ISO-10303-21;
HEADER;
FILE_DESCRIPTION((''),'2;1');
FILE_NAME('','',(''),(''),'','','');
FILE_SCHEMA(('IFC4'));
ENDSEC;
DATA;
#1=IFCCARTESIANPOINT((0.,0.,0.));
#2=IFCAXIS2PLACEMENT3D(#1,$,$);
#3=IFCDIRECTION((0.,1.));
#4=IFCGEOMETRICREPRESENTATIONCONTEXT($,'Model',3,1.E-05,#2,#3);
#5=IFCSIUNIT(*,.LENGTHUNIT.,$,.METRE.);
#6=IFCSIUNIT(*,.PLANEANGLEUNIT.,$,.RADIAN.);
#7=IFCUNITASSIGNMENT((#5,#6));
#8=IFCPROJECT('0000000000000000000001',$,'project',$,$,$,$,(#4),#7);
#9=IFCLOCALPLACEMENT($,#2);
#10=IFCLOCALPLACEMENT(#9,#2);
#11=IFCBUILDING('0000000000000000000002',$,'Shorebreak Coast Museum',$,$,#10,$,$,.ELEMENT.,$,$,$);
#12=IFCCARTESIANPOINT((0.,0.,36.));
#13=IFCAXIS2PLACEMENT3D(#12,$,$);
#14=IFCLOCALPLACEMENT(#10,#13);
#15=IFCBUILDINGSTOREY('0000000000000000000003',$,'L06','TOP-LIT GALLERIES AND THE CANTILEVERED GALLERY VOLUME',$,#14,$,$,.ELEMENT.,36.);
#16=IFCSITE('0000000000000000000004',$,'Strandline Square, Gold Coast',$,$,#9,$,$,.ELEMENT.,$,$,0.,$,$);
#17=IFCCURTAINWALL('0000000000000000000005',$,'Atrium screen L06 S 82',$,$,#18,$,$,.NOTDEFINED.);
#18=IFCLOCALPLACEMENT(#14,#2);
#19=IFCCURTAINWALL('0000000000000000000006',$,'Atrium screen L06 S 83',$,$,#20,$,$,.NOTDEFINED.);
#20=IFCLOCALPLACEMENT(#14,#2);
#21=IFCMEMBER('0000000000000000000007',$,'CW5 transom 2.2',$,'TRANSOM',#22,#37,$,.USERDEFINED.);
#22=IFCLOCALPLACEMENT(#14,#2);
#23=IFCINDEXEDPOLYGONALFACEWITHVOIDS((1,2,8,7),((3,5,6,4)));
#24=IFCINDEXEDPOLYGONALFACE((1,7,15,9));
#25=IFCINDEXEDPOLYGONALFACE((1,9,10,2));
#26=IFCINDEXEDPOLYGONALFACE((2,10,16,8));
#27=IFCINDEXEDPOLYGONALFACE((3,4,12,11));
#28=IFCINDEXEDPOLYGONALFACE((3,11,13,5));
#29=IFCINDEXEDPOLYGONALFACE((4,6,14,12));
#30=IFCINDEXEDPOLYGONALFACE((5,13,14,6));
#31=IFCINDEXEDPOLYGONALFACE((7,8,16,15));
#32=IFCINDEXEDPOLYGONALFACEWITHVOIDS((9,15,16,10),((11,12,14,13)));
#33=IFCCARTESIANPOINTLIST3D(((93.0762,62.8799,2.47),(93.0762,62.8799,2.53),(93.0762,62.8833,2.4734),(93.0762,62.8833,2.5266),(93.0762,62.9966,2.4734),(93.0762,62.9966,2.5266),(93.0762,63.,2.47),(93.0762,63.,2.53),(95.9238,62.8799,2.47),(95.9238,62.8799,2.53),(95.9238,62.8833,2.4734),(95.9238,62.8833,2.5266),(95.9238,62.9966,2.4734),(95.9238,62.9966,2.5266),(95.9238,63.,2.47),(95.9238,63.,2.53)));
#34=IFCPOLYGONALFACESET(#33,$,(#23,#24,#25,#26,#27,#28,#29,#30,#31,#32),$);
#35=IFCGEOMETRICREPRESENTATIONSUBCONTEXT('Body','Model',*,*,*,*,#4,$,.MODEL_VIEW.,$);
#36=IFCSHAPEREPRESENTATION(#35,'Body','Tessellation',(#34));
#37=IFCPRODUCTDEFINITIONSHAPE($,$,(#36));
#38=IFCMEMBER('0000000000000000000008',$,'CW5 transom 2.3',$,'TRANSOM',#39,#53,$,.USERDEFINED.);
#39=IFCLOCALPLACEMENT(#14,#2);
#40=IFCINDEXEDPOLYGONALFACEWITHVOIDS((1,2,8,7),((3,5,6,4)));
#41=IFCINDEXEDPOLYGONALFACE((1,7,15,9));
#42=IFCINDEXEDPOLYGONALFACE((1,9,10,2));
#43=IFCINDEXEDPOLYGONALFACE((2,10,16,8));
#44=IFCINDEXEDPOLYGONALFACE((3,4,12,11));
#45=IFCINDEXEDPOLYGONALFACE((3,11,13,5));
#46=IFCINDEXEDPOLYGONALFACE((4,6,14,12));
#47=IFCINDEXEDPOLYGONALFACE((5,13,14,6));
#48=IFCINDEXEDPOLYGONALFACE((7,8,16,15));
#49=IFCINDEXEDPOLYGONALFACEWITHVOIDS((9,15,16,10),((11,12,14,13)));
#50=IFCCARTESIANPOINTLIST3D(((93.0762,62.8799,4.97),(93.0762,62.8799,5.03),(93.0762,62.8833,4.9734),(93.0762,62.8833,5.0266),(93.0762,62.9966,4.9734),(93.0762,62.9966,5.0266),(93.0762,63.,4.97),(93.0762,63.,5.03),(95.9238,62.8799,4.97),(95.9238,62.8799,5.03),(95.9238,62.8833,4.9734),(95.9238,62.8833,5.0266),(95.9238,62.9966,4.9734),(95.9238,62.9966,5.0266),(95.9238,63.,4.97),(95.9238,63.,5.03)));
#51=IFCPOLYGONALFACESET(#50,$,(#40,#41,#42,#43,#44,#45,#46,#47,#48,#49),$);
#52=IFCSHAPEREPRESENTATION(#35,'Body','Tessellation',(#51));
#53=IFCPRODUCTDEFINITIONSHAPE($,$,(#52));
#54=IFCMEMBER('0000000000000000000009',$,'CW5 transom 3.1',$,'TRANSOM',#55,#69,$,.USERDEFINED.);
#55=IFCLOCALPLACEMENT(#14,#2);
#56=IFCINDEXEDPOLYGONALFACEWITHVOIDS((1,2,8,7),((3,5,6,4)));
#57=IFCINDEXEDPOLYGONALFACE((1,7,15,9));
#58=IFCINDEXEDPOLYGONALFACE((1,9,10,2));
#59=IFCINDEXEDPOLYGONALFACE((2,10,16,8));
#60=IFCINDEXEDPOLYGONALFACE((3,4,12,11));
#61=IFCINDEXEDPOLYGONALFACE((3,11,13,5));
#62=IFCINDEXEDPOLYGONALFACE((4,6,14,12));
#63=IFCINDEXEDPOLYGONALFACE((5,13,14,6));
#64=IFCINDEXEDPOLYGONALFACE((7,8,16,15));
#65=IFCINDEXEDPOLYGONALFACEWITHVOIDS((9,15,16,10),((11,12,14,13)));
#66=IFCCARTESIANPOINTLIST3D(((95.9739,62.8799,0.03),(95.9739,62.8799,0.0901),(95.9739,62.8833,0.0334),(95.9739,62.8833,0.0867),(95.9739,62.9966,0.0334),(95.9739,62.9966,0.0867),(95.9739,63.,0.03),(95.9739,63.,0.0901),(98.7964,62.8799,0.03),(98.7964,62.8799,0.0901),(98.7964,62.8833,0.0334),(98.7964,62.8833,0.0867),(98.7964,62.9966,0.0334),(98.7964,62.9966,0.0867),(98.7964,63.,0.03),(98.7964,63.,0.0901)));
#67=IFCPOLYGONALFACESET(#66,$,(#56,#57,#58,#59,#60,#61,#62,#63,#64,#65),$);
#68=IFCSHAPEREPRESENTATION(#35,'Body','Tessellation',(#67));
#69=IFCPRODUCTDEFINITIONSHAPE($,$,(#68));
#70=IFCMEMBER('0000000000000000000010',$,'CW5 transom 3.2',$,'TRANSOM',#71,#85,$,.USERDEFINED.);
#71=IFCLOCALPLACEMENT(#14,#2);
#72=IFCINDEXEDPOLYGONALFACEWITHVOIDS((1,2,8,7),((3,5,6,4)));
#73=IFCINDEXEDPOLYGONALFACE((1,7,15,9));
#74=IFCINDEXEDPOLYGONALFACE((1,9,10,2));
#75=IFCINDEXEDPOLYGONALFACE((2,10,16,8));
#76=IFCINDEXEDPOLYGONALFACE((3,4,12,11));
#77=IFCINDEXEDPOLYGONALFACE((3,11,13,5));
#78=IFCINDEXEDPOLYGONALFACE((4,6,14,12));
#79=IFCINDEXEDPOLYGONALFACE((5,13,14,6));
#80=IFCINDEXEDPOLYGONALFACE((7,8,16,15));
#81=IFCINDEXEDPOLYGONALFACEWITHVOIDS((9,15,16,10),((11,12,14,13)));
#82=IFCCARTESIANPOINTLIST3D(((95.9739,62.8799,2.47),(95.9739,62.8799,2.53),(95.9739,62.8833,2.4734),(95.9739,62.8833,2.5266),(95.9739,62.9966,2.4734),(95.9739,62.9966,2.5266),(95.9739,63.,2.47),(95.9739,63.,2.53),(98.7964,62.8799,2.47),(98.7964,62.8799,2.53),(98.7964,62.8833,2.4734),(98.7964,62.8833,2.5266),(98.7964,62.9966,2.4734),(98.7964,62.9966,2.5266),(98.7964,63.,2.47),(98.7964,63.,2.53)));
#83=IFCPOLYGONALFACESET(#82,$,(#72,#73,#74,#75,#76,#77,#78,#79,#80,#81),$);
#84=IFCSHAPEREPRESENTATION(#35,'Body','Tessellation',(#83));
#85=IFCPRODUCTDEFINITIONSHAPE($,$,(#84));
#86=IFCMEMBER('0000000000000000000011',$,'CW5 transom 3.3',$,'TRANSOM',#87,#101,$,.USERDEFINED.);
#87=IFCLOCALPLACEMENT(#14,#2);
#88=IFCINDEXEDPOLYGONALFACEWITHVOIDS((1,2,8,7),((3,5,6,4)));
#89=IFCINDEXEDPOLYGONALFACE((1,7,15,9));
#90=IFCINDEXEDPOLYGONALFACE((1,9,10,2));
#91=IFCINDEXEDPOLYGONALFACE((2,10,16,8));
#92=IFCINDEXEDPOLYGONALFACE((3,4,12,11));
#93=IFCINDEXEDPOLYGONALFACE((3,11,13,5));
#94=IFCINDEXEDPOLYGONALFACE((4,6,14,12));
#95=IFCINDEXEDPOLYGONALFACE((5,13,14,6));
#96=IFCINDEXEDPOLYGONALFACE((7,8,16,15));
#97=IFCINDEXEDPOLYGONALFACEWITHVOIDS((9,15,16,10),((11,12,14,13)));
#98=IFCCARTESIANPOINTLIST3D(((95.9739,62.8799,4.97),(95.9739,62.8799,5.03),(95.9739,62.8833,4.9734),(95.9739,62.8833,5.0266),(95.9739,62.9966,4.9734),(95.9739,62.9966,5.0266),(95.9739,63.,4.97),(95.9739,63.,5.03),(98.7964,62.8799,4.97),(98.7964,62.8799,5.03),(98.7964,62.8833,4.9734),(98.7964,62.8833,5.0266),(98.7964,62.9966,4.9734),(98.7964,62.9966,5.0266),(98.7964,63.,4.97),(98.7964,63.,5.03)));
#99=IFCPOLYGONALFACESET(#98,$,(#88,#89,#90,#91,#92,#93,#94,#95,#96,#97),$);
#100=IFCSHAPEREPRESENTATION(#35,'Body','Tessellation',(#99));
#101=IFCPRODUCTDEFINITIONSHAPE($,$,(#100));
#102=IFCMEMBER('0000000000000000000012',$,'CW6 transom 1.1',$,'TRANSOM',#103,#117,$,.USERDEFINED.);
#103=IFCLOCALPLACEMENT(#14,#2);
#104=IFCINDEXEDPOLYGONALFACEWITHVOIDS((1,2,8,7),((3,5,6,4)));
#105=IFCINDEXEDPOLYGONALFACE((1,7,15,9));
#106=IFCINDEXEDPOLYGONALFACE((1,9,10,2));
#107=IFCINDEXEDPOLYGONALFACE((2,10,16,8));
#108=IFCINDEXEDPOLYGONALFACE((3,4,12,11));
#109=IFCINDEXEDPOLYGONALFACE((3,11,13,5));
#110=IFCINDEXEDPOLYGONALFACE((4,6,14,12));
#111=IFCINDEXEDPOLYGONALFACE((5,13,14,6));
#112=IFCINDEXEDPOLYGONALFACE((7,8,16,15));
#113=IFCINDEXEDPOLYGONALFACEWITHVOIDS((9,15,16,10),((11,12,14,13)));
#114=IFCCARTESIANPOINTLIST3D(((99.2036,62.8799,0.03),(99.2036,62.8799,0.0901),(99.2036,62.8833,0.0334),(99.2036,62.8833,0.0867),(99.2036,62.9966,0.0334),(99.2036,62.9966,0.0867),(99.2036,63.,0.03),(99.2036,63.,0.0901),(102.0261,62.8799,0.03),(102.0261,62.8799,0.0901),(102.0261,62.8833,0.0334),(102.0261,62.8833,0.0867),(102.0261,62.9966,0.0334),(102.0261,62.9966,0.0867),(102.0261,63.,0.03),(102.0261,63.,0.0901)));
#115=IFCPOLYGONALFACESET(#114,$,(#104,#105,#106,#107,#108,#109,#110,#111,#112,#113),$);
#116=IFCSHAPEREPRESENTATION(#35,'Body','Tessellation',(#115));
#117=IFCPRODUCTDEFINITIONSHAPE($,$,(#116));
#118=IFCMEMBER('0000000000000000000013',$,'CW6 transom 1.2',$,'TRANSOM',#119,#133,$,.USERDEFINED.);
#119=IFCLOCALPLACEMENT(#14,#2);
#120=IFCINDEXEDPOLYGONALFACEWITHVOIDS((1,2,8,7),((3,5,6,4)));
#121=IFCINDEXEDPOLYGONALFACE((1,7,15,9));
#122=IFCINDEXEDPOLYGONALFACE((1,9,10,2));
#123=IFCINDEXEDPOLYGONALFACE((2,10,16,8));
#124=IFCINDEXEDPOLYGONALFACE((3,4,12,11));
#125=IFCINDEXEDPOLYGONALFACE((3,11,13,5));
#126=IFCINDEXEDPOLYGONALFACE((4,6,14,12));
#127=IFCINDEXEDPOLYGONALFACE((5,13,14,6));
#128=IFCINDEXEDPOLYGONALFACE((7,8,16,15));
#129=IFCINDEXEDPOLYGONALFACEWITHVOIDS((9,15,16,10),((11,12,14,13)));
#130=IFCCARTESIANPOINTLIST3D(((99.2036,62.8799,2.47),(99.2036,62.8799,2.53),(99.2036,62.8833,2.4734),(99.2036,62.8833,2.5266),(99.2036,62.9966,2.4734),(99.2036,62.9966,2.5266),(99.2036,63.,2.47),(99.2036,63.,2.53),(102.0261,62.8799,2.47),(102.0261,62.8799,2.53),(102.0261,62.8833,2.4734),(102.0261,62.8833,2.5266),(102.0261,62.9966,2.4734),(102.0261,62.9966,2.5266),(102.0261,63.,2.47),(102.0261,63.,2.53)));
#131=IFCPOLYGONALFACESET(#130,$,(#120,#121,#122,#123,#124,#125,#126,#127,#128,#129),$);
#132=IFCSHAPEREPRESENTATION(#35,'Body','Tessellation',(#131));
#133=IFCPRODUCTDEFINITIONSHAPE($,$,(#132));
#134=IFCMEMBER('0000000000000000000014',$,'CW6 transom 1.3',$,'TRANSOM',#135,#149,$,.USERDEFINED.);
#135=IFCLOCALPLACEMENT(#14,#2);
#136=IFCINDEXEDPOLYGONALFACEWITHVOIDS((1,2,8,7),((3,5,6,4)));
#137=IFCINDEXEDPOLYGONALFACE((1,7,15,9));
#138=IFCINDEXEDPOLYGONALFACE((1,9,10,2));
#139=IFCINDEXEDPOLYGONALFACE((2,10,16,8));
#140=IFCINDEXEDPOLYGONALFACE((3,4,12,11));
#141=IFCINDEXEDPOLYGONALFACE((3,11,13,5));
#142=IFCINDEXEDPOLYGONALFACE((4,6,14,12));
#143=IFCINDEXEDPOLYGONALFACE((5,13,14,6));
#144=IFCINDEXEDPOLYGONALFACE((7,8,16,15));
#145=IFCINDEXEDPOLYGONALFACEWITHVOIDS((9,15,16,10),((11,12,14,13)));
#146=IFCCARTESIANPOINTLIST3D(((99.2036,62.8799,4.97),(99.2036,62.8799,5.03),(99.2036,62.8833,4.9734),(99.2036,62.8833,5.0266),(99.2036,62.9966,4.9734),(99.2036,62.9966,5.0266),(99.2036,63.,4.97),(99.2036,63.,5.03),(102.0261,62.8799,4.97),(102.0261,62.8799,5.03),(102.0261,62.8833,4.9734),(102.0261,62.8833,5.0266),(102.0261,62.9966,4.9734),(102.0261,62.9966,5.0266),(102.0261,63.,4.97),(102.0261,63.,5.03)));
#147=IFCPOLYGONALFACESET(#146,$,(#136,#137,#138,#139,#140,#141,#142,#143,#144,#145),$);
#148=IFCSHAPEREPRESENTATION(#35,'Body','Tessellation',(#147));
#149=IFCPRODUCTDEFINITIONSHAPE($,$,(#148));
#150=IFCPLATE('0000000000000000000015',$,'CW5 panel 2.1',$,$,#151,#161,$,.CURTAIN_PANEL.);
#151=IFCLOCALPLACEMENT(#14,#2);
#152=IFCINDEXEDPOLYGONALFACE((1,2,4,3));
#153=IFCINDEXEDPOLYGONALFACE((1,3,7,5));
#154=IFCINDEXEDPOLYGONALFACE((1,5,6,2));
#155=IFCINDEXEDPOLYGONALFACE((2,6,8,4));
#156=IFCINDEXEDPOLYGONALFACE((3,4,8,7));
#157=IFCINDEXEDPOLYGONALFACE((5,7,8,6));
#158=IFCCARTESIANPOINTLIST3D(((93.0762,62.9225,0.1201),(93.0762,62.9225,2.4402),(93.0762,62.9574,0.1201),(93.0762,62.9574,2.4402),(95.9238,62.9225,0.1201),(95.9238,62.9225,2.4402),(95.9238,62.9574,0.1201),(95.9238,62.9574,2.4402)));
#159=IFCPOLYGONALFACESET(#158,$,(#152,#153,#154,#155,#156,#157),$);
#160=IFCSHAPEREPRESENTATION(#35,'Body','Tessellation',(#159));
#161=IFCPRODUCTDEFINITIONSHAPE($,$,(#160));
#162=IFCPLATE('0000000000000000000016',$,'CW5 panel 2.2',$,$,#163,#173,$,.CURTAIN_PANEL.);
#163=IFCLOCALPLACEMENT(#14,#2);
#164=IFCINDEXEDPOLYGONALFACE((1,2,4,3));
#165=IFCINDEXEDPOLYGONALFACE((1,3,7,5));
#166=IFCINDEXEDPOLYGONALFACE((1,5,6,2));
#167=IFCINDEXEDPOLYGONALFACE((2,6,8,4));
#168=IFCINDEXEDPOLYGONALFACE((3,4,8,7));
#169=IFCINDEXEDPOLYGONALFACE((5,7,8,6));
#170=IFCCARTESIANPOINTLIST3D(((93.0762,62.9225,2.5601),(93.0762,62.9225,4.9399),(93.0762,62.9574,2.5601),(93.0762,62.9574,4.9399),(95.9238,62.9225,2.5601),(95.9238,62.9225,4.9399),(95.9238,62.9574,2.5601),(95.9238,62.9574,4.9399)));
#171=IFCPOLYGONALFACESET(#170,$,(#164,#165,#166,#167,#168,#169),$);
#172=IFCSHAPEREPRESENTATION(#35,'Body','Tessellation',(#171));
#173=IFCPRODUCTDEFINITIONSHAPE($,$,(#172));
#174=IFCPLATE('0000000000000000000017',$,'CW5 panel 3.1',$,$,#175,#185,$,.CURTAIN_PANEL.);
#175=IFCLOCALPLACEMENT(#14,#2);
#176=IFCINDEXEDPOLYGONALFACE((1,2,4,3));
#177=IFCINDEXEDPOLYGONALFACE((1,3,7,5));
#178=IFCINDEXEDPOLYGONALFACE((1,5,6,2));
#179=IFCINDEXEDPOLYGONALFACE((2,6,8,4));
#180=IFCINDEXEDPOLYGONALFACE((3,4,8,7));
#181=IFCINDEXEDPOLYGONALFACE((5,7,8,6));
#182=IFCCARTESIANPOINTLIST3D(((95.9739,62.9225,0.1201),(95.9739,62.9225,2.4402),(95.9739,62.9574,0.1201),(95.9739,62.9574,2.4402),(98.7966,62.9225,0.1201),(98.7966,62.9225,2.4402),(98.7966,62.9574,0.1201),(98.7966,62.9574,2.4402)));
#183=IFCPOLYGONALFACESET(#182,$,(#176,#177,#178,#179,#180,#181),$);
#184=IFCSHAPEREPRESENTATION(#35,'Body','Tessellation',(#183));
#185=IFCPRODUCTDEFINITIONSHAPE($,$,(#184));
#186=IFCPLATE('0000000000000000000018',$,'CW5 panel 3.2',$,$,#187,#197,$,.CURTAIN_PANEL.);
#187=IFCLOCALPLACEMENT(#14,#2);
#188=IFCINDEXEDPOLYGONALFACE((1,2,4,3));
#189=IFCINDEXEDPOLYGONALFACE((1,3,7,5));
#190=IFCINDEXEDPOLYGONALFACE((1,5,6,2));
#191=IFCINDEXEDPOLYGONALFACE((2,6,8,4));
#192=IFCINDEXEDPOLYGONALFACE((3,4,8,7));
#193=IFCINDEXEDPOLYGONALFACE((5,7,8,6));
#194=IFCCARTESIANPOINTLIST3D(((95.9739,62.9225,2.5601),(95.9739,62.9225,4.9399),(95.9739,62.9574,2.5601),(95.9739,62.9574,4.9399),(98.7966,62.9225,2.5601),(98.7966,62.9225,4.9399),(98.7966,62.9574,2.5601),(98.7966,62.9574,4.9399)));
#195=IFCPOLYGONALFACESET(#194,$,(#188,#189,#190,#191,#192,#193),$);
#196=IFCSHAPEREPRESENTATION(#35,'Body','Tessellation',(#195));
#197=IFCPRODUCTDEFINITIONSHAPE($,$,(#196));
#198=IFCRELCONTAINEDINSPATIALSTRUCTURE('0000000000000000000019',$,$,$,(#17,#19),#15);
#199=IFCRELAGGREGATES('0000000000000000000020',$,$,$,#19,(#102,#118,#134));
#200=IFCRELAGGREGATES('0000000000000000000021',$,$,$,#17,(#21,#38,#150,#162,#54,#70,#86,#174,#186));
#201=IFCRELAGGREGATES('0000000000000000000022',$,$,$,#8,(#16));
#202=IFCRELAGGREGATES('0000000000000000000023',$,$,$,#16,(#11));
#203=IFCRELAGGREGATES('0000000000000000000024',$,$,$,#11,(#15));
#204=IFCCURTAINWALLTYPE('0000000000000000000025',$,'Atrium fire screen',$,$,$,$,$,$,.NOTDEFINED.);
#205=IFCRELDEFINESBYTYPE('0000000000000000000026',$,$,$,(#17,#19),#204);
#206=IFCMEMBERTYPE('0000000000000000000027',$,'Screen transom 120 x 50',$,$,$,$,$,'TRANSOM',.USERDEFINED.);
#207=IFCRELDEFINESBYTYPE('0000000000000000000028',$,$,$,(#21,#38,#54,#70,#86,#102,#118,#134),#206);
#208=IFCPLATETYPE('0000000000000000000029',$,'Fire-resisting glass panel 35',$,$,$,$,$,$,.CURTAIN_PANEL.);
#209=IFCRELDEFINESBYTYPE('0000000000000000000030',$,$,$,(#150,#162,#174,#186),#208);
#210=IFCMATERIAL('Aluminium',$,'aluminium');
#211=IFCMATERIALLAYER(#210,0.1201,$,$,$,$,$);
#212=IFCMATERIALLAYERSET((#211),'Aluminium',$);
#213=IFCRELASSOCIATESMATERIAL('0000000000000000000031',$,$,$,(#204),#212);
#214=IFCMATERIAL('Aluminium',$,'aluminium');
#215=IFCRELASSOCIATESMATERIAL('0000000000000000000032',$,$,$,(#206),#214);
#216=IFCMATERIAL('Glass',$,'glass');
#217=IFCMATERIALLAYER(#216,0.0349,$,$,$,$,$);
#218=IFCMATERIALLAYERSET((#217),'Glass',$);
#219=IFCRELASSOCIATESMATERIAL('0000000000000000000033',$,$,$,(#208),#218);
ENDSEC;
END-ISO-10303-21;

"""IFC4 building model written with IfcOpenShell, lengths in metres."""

from ifc_helpers import new_model, si_unit, direction, frame, origin, origin_2d, place, context, subcontext, project, spatial, rectangle, hollow_rectangle, extrude, material, layer, layer_set, material_profile, profile_set, type_object, element, aggregate, save


model = new_model("IFC4")

# Units and contexts
model_context = context("Model", 3, precision=1e-05, world=origin(), true_north=direction((0.0, 1.0)))
body_context = subcontext(model_context, "Body", "Model", "MODEL_VIEW")
ifc_project = project(units=[si_unit("LENGTHUNIT", "METRE"), si_unit("PLANEANGLEUNIT", "RADIAN")], contexts=[model_context])

# Site, building, storey
site_placement = place(None, origin())
site = spatial("IfcSite", under=ifc_project, at=site_placement, Name="Strandline Square, Gold Coast", CompositionType="ELEMENT", RefElevation=0.0)
building_placement = place(site_placement, origin())
building = spatial("IfcBuilding", under=site, at=building_placement, Name="Shorebreak Coast Museum", CompositionType="ELEMENT")
storey_placement = place(building_placement, frame((0.0, 0.0, 36.0)))
storey = spatial("IfcBuildingStorey", under=building, at=storey_placement, Name="L06", Description="TOP-LIT GALLERIES AND THE CANTILEVERED GALLERY VOLUME", CompositionType="ELEMENT", Elevation=36.0)

# Curtain wall
ifc_material_1 = material(Name="Aluminium", Category="aluminium")
ifc_layer_1 = layer(ifc_material_1, 0.1201)
ifc_layer_set_1 = layer_set([ifc_layer_1], Name="Aluminium")
curtain_wall_type = type_object("IfcCurtainWallType", Name="Atrium fire screen", PredefinedType="NOTDEFINED", material=ifc_layer_set_1)
curtain_wall_1_placement = place(storey_placement, origin())
curtain_wall_1 = element("IfcCurtainWall", 1, at=curtain_wall_1_placement, inside=storey, type_object=curtain_wall_type, Name="Atrium screen L06 S 82", PredefinedType="NOTDEFINED")

# Curtain wall
curtain_wall_2_placement = place(storey_placement, origin())
curtain_wall_2 = element("IfcCurtainWall", 2, at=curtain_wall_2_placement, inside=storey, type_object=curtain_wall_type, Name="Atrium screen L06 S 83", PredefinedType="NOTDEFINED")

# Members
ifc_material_2 = material(Name="Aluminium", Category="aluminium")
ifc_material_profile_1 = material_profile(ifc_material_2, hollow_rectangle(XDim=0.1201, YDim=0.0601, WallThickness=0.0034, at=origin_2d()), Name="AL 60x120 RHS")
ifc_profile_set_1 = profile_set([ifc_material_profile_1], Name="Aluminium")
member_type_1 = type_object("IfcMemberType", Name="Screen transom 120 x 50", ElementType="TRANSOM", PredefinedType="USERDEFINED", material=ifc_profile_set_1)
member_1_placement = place(storey_placement, frame((93.0762, 62.9399, 2.5), z_axis=(1.0, 0.0, 0.0), x_axis=(0.0, 1.0, 0.0)))
member_1 = element("IfcMember", 3, at=member_1_placement, type_object=member_type_1, Name="CW5 transom 2.2", ObjectType="TRANSOM", PredefinedType="USERDEFINED", context=body_context, shape_type="SweptSolid", body=[
    extrude(hollow_rectangle(XDim=0.1201, YDim=0.0601, WallThickness=0.0034, at=origin_2d()), origin(), (0.0, 0.0, 1.0), 2.8477),
])
member_2_placement = place(storey_placement, frame((93.0762, 62.9399, 5.0), z_axis=(1.0, 0.0, 0.0), x_axis=(0.0, 1.0, 0.0)))
member_2 = element("IfcMember", 4, at=member_2_placement, type_object=member_type_1, Name="CW5 transom 2.3", ObjectType="TRANSOM", PredefinedType="USERDEFINED", context=body_context, shape_type="SweptSolid", body=[
    extrude(hollow_rectangle(XDim=0.1201, YDim=0.0601, WallThickness=0.0034, at=origin_2d()), origin(), (0.0, 0.0, 1.0), 2.8477),
])
member_3_placement = place(storey_placement, frame((95.9739, 62.9399, 0.0601), z_axis=(1.0, 0.0, 0.0), x_axis=(0.0, 1.0, 0.0)))
member_3 = element("IfcMember", 5, at=member_3_placement, type_object=member_type_1, Name="CW5 transom 3.1", ObjectType="TRANSOM", PredefinedType="USERDEFINED", context=body_context, shape_type="SweptSolid", body=[
    extrude(hollow_rectangle(XDim=0.1201, YDim=0.0601, WallThickness=0.0034, at=origin_2d()), origin(), (0.0, 0.0, 1.0), 2.8225),
])
member_4_placement = place(storey_placement, frame((95.9739, 62.9399, 2.5), z_axis=(1.0, 0.0, 0.0), x_axis=(0.0, 1.0, 0.0)))
member_4 = element("IfcMember", 6, at=member_4_placement, type_object=member_type_1, Name="CW5 transom 3.2", ObjectType="TRANSOM", PredefinedType="USERDEFINED", context=body_context, shape_type="SweptSolid", body=[
    extrude(hollow_rectangle(XDim=0.1201, YDim=0.0601, WallThickness=0.0034, at=origin_2d()), origin(), (0.0, 0.0, 1.0), 2.8225),
])
member_5_placement = place(storey_placement, frame((95.9739, 62.9399, 5.0), z_axis=(1.0, 0.0, 0.0), x_axis=(0.0, 1.0, 0.0)))
member_5 = element("IfcMember", 7, at=member_5_placement, type_object=member_type_1, Name="CW5 transom 3.3", ObjectType="TRANSOM", PredefinedType="USERDEFINED", context=body_context, shape_type="SweptSolid", body=[
    extrude(hollow_rectangle(XDim=0.1201, YDim=0.0601, WallThickness=0.0034, at=origin_2d()), origin(), (0.0, 0.0, 1.0), 2.8225),
])
member_6_placement = place(storey_placement, frame((99.2036, 62.9399, 0.0601), z_axis=(1.0, 0.0, 0.0), x_axis=(0.0, 1.0, 0.0)))
member_6 = element("IfcMember", 8, at=member_6_placement, type_object=member_type_1, Name="CW6 transom 1.1", ObjectType="TRANSOM", PredefinedType="USERDEFINED", context=body_context, shape_type="SweptSolid", body=[
    extrude(hollow_rectangle(XDim=0.1201, YDim=0.0601, WallThickness=0.0034, at=origin_2d()), origin(), (0.0, 0.0, 1.0), 2.8225),
])
member_7_placement = place(storey_placement, frame((99.2036, 62.9399, 2.5), z_axis=(1.0, 0.0, 0.0), x_axis=(0.0, 1.0, 0.0)))
member_7 = element("IfcMember", 9, at=member_7_placement, type_object=member_type_1, Name="CW6 transom 1.2", ObjectType="TRANSOM", PredefinedType="USERDEFINED", context=body_context, shape_type="SweptSolid", body=[
    extrude(hollow_rectangle(XDim=0.1201, YDim=0.0601, WallThickness=0.0034, at=origin_2d()), origin(), (0.0, 0.0, 1.0), 2.8225),
])
member_8_placement = place(storey_placement, frame((99.2036, 62.9399, 5.0), z_axis=(1.0, 0.0, 0.0), x_axis=(0.0, 1.0, 0.0)))
member_8 = element("IfcMember", 10, at=member_8_placement, type_object=member_type_1, Name="CW6 transom 1.3", ObjectType="TRANSOM", PredefinedType="USERDEFINED", context=body_context, shape_type="SweptSolid", body=[
    extrude(hollow_rectangle(XDim=0.1201, YDim=0.0601, WallThickness=0.0034, at=origin_2d()), origin(), (0.0, 0.0, 1.0), 2.8225),
])
aggregate(curtain_wall_2, [member_6, member_7, member_8])

# Plates
ifc_material_3 = material(Name="Glass", Category="glass")
ifc_layer_2 = layer(ifc_material_3, 0.0349)
ifc_layer_set_2 = layer_set([ifc_layer_2], Name="Glass")
plate_type = type_object("IfcPlateType", Name="Fire-resisting glass panel 35", PredefinedType="CURTAIN_PANEL", material=ifc_layer_set_2)
plate_1_placement = place(storey_placement, frame((94.5, 62.9399, 0.1201), z_axis=(0.0, 0.0, 1.0), x_axis=(1.0, 0.0, 0.0)))
plate_1 = element("IfcPlate", 11, at=plate_1_placement, type_object=plate_type, Name="CW5 panel 2.1", PredefinedType="CURTAIN_PANEL", context=body_context, shape_type="SweptSolid", body=[
    extrude(rectangle(XDim=2.8477, YDim=0.0349, at=origin_2d()), origin(), (0.0, 0.0, 1.0), 2.3201),
])
plate_2_placement = place(storey_placement, frame((94.5, 62.9399, 2.5601), z_axis=(0.0, 0.0, 1.0), x_axis=(1.0, 0.0, 0.0)))
plate_2 = element("IfcPlate", 12, at=plate_2_placement, type_object=plate_type, Name="CW5 panel 2.2", PredefinedType="CURTAIN_PANEL", context=body_context, shape_type="SweptSolid", body=[
    extrude(rectangle(XDim=2.8477, YDim=0.0349, at=origin_2d()), origin(), (0.0, 0.0, 1.0), 2.3799),
])
plate_3_placement = place(storey_placement, frame((97.3853, 62.9399, 0.1201), z_axis=(0.0, 0.0, 1.0), x_axis=(1.0, 0.0, 0.0)))
plate_3 = element("IfcPlate", 13, at=plate_3_placement, type_object=plate_type, Name="CW5 panel 3.1", PredefinedType="CURTAIN_PANEL", context=body_context, shape_type="SweptSolid", body=[
    extrude(rectangle(XDim=2.8228, YDim=0.0349, at=origin_2d()), origin(), (0.0, 0.0, 1.0), 2.3201),
])
plate_4_placement = place(storey_placement, frame((97.3853, 62.9399, 2.5601), z_axis=(0.0, 0.0, 1.0), x_axis=(1.0, 0.0, 0.0)))
plate_4 = element("IfcPlate", 14, at=plate_4_placement, type_object=plate_type, Name="CW5 panel 3.2", PredefinedType="CURTAIN_PANEL", context=body_context, shape_type="SweptSolid", body=[
    extrude(rectangle(XDim=2.8228, YDim=0.0349, at=origin_2d()), origin(), (0.0, 0.0, 1.0), 2.3799),
])
aggregate(curtain_wall_1, [member_1, member_2, plate_1, plate_2, member_3, member_4, member_5, plate_3, plate_4])

save(model, "model.ifc")
